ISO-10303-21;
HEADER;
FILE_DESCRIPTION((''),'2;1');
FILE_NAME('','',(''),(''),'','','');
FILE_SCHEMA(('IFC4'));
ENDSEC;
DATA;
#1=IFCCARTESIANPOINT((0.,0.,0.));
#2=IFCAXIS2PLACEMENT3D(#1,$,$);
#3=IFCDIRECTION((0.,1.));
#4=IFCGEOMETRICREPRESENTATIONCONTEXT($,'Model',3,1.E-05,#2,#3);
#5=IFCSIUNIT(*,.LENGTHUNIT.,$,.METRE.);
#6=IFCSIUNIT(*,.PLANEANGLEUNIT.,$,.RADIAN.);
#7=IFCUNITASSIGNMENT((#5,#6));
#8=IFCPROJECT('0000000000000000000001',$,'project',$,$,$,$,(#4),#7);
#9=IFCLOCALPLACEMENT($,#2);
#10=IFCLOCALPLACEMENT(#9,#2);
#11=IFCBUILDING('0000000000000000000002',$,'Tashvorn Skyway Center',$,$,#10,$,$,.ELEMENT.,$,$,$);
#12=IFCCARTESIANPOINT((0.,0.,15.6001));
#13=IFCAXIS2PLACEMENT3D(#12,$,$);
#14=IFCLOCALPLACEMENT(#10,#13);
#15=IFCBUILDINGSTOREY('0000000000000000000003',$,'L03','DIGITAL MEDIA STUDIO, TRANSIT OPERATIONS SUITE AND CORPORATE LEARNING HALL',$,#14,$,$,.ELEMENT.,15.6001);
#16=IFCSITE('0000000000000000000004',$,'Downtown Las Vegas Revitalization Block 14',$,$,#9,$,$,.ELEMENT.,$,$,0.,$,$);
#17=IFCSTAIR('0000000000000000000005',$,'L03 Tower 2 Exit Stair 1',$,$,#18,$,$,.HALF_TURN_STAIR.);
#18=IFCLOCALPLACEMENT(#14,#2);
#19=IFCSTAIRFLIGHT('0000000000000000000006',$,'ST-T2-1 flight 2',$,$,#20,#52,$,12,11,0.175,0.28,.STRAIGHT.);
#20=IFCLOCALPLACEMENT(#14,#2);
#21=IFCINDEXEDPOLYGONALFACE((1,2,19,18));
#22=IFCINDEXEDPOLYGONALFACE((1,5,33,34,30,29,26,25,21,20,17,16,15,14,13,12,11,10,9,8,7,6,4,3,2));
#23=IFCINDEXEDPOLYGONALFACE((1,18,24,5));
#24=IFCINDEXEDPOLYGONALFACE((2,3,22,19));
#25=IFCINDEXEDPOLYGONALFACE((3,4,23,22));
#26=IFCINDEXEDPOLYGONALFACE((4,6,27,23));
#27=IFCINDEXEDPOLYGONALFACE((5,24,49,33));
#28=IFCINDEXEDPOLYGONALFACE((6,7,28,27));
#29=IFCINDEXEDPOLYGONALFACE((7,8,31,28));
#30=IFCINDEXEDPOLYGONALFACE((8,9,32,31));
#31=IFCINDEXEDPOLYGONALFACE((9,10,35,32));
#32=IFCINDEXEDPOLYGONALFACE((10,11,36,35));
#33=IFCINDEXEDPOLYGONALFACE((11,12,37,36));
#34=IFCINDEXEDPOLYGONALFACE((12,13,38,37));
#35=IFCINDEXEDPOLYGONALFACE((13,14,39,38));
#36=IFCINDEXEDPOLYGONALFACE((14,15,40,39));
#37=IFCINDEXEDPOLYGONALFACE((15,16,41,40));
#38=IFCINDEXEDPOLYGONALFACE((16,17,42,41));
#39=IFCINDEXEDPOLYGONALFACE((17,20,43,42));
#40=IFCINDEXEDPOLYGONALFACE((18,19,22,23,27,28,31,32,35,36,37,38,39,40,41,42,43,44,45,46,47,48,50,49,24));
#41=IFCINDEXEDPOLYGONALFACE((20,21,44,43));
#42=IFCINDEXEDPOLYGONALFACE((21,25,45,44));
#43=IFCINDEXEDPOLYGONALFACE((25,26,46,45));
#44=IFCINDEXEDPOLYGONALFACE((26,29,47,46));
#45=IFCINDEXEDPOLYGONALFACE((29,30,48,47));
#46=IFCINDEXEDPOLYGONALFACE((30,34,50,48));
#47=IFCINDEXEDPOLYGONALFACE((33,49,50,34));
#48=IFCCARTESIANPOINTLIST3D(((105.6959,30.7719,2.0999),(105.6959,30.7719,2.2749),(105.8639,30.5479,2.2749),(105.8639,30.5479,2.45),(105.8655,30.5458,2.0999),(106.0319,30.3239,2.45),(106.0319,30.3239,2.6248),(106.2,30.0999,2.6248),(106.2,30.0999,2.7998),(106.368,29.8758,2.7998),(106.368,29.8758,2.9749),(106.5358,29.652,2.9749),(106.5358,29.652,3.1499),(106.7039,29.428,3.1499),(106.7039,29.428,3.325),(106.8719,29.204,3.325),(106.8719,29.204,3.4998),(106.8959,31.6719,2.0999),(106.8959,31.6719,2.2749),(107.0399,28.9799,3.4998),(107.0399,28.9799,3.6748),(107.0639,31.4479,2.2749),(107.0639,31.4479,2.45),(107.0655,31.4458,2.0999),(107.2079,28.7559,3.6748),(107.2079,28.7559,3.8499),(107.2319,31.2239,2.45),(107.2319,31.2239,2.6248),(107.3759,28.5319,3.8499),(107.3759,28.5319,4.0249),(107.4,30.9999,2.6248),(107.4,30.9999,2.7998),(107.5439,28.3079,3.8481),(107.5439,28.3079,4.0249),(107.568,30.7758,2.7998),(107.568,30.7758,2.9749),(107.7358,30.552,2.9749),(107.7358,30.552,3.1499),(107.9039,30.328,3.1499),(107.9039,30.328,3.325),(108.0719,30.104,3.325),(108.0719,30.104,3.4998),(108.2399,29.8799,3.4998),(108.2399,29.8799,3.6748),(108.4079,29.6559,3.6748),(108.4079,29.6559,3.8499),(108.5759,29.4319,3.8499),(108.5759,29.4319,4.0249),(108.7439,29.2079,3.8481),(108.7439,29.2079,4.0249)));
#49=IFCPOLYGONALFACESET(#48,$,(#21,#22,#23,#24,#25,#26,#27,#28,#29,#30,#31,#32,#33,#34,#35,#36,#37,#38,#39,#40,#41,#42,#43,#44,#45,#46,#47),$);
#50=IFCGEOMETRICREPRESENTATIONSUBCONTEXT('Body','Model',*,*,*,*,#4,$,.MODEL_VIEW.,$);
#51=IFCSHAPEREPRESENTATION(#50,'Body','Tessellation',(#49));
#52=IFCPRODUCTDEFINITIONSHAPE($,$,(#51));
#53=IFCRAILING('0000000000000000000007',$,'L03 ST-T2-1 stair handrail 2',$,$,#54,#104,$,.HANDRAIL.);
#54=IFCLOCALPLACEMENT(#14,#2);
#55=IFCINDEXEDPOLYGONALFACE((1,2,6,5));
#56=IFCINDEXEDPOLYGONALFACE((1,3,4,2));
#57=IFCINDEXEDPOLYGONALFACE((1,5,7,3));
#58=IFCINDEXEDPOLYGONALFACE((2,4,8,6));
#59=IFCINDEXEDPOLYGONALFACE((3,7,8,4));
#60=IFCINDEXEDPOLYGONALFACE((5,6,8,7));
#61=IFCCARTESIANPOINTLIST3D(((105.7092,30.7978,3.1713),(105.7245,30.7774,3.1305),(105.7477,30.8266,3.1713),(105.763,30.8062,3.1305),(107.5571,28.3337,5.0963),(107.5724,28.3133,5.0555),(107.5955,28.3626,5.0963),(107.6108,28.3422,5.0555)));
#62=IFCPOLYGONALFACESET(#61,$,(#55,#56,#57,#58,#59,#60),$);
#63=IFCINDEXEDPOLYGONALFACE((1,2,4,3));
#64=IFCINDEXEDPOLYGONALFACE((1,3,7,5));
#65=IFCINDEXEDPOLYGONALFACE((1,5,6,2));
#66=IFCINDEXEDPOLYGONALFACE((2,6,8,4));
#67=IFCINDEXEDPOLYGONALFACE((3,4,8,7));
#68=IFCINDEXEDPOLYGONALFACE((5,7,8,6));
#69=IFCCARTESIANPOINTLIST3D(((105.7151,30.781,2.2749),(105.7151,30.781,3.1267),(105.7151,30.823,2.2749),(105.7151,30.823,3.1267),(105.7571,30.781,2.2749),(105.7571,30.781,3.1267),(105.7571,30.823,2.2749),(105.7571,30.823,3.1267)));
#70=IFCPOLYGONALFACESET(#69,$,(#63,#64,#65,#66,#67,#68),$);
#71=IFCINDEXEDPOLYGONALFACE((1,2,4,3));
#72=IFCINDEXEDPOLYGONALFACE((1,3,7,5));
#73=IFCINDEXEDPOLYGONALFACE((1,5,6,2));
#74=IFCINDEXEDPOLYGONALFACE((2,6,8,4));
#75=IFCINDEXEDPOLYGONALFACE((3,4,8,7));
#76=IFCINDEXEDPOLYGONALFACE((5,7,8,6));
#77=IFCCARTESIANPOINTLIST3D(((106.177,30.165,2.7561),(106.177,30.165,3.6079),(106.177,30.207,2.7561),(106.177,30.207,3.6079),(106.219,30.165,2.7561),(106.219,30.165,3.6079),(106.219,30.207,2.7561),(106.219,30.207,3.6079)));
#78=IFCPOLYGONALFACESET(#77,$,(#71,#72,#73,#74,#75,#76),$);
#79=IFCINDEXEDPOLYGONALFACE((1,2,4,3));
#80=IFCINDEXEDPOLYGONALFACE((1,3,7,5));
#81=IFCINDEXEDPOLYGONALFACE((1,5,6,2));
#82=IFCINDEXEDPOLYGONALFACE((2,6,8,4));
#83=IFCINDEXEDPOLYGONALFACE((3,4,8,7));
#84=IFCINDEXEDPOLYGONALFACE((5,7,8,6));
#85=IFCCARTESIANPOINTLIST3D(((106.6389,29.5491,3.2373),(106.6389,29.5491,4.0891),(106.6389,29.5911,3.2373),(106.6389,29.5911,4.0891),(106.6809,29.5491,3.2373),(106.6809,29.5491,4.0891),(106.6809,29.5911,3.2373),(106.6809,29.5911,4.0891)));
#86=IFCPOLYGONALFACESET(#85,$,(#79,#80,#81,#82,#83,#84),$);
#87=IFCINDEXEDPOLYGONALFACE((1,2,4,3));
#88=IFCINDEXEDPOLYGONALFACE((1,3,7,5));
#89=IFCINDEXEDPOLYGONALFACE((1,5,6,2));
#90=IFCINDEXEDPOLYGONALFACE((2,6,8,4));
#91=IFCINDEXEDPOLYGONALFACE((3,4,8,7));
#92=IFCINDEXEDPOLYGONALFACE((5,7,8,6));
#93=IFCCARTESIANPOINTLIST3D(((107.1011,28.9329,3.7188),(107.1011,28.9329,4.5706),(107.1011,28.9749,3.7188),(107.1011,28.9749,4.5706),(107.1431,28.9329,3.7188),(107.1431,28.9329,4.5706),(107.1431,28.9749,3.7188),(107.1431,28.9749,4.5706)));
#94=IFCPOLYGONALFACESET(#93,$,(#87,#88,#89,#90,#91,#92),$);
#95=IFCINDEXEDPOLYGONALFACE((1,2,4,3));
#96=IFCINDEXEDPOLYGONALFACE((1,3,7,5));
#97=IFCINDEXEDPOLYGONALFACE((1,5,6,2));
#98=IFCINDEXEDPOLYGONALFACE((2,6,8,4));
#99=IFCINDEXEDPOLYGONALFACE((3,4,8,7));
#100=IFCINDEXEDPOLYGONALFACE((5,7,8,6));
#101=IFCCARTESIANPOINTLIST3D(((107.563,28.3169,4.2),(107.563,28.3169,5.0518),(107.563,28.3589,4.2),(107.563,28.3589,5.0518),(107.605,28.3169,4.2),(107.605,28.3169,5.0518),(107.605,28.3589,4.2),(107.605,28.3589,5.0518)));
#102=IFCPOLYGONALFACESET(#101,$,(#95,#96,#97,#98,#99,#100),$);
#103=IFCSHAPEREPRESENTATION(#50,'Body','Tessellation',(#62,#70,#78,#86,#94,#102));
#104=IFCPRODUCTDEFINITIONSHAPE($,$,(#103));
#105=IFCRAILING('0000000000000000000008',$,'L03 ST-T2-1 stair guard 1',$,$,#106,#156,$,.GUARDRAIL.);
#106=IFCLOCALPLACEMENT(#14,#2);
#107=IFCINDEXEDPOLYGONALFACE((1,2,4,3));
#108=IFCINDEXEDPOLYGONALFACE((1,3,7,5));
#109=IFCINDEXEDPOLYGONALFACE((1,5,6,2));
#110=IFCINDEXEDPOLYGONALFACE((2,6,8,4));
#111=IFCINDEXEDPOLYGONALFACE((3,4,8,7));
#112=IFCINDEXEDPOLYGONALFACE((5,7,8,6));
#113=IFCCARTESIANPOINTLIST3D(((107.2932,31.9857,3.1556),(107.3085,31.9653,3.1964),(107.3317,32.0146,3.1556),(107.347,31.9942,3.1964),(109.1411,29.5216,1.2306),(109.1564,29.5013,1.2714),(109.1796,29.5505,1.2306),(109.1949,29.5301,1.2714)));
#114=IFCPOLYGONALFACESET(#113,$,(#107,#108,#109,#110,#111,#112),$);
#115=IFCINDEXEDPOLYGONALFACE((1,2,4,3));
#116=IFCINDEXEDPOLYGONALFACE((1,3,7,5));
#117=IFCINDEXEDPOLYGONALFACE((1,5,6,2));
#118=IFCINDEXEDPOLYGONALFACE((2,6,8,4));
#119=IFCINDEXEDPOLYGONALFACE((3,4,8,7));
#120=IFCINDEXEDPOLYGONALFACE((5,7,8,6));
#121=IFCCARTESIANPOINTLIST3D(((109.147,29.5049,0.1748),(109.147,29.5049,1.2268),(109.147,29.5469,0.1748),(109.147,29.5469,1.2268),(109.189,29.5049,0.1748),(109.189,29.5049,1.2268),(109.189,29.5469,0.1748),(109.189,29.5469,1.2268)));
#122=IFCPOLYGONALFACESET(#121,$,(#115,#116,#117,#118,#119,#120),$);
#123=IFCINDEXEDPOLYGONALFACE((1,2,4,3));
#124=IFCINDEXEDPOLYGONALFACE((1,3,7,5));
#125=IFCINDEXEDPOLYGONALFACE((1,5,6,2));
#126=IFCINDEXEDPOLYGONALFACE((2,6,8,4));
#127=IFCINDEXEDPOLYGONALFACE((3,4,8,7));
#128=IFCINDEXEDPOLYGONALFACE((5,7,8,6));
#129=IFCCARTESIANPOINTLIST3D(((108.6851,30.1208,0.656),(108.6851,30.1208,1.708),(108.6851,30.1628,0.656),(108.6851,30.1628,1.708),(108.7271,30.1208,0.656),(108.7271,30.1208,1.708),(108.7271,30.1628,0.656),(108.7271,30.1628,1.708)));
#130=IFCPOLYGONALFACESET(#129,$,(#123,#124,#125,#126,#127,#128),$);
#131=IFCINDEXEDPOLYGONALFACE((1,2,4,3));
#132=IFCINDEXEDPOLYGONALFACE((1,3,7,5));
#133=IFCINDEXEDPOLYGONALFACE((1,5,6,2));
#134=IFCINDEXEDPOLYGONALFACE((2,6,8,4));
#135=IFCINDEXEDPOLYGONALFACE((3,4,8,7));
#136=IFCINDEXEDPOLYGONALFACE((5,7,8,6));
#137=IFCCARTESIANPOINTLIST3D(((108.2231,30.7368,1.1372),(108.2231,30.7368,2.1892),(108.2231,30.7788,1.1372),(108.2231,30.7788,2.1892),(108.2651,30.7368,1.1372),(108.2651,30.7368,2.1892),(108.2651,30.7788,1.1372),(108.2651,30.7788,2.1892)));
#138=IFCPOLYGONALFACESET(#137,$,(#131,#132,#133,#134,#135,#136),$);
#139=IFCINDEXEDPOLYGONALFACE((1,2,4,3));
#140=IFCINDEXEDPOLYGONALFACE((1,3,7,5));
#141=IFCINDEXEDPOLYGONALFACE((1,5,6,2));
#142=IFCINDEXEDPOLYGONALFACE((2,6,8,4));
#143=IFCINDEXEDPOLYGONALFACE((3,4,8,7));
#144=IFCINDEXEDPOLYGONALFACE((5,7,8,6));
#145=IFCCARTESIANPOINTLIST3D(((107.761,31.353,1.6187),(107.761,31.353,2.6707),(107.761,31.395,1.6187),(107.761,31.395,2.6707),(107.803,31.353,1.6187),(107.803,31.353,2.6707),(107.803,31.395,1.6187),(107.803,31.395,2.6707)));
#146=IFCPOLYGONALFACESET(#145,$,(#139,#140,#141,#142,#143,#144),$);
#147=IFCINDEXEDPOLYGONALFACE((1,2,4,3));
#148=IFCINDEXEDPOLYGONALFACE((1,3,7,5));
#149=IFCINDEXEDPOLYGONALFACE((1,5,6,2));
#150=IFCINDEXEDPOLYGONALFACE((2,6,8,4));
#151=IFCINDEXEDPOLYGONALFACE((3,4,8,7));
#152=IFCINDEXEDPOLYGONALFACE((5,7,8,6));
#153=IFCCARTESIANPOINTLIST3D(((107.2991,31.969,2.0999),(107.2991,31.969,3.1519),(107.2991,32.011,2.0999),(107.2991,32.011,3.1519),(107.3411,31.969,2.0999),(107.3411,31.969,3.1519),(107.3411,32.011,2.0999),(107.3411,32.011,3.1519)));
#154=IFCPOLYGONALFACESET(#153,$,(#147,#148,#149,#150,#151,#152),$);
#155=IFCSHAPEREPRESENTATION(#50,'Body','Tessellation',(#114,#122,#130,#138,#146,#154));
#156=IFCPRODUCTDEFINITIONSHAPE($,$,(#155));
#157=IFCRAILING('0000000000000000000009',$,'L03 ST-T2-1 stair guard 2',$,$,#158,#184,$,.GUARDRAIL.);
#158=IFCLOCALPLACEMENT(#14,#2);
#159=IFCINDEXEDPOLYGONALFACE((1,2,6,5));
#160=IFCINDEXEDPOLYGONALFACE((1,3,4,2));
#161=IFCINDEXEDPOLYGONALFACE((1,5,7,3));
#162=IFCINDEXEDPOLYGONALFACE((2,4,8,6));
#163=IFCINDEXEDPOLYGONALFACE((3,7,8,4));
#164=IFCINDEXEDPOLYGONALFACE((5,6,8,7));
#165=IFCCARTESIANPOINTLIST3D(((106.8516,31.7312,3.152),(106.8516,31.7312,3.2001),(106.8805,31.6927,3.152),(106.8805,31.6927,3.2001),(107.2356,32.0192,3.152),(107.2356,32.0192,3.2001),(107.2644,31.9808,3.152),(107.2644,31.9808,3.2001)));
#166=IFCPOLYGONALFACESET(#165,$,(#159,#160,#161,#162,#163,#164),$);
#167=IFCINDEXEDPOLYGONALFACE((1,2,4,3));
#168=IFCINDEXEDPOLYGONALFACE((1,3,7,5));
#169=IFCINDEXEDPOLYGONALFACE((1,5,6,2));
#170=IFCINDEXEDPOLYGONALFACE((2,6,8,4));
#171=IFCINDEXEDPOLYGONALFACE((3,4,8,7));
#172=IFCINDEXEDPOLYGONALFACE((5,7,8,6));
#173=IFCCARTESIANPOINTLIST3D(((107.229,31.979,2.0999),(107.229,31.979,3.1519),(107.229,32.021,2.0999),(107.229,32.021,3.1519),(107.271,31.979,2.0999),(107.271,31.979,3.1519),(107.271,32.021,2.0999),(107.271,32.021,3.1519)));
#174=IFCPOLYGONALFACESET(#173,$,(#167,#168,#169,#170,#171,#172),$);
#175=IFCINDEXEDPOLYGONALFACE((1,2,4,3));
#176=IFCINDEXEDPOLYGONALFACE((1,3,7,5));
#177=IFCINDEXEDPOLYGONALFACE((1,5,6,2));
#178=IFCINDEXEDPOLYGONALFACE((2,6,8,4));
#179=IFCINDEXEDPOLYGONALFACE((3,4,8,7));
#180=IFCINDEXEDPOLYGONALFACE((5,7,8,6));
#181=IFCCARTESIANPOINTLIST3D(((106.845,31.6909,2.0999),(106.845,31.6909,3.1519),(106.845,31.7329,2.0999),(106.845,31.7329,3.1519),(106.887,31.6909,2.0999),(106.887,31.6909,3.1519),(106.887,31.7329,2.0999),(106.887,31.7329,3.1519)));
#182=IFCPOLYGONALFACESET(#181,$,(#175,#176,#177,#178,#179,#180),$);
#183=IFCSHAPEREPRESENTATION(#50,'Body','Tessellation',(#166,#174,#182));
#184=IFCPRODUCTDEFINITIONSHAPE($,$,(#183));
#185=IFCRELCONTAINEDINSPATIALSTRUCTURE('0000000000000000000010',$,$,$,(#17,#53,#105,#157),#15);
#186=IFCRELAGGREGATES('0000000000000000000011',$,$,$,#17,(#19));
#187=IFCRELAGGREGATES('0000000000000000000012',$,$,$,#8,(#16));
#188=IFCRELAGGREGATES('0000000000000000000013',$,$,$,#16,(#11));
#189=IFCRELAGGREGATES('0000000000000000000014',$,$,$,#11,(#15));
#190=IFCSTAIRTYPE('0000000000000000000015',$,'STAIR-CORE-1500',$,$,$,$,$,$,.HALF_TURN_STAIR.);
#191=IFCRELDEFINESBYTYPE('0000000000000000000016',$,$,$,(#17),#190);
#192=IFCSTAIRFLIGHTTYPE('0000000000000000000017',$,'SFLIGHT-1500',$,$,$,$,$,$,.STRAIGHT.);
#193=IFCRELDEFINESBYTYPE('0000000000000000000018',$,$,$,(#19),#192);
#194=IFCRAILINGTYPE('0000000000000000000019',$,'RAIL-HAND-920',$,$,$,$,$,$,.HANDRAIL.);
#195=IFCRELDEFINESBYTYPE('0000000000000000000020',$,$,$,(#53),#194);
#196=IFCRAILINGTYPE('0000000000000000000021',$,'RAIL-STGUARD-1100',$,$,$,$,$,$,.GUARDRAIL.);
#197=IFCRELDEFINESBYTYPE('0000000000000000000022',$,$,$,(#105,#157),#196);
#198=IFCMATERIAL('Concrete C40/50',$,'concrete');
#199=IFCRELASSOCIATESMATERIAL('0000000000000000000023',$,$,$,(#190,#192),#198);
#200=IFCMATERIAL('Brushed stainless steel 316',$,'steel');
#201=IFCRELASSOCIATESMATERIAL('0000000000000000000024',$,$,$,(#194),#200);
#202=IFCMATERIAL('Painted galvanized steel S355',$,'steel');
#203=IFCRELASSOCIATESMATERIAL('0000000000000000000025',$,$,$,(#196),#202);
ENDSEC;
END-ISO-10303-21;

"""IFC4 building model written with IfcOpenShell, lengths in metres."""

from ifc_helpers import new_model, si_unit, direction, frame, origin, origin_2d, place, context, subcontext, project, spatial, polyline, rectangle, outline, extrude, material, type_object, element, aggregate, save


model = new_model("IFC4")

# Units and contexts
model_context = context("Model", 3, precision=1e-05, world=origin(), true_north=direction((0.0, 1.0)))
body_context = subcontext(model_context, "Body", "Model", "MODEL_VIEW")
ifc_project = project(units=[si_unit("LENGTHUNIT", "METRE"), si_unit("PLANEANGLEUNIT", "RADIAN")], contexts=[model_context])

# Site, building, storey
site_placement = place(None, origin())
site = spatial("IfcSite", under=ifc_project, at=site_placement, Name="Downtown Las Vegas Revitalization Block 14", CompositionType="ELEMENT", RefElevation=0.0)
building_placement = place(site_placement, origin())
building = spatial("IfcBuilding", under=site, at=building_placement, Name="Tashvorn Skyway Center", CompositionType="ELEMENT")
storey_placement = place(building_placement, frame((0.0, 0.0, 15.6001)))
storey = spatial("IfcBuildingStorey", under=building, at=storey_placement, Name="L03", Description="DIGITAL MEDIA STUDIO, TRANSIT OPERATIONS SUITE AND CORPORATE LEARNING HALL", CompositionType="ELEMENT", Elevation=15.6001)

# Shared definitions
ifc_material_1 = material(Name="Concrete C40/50", Category="concrete")

# Stair, stair flight
stair_type = type_object("IfcStairType", Name="STAIR-CORE-1500", PredefinedType="HALF_TURN_STAIR", material=ifc_material_1)
stair_placement = place(storey_placement, origin())
stair = element("IfcStair", 1, at=stair_placement, inside=storey, type_object=stair_type, Name="L03 Tower 2 Exit Stair 1", PredefinedType="HALF_TURN_STAIR")
stair_flight_type = type_object("IfcStairFlightType", Name="SFLIGHT-1500", PredefinedType="STRAIGHT", material=ifc_material_1)
stair_flight_placement = place(storey_placement, frame((106.2959, 31.2219, 2.0999), z_axis=(0.0, 0.0, 1.0), x_axis=(0.6, -0.8, 0.0)))
stair_flight = element("IfcStairFlight", 2, at=stair_flight_placement, type_object=stair_flight_type, Name="ST-T2-1 flight 2", NumberOfRisers=12, NumberOfTreads=11, PredefinedType="STRAIGHT", RiserHeight=0.175, TreadLength=0.28, context=body_context, shape_type="SweptSolid", body=[
    extrude(outline(polyline([(0.0, 0.0), (0.0, 0.175), (0.28, 0.175), (0.28, 0.3501), (0.5601, 0.3501), (0.5601, 0.5249), (0.8401, 0.5249), (0.8401, 0.7), (1.1201, 0.7), (1.1201, 0.875), (1.3999, 0.875), (1.3999, 1.05), (1.6799, 1.05), (1.6799, 1.2251), (1.96, 1.2251), (1.96, 1.3999), (2.24, 1.3999), (2.24, 1.575), (2.52, 1.575), (2.52, 1.75), (2.8, 1.75), (2.8, 1.925), (3.0801, 1.925), (3.0801, 2.1001), (3.0801, 1.7483), (0.2827, 0.0), (0.0, 0.0)])), frame((0.0, 0.75, 0.0), z_axis=(0.0, -1.0, 0.0), x_axis=(1.0, 0.0, 0.0)), (0.0, 0.0, 1.0), 1.5),
])
aggregate(stair, [stair_flight])

# Railings
ifc_material_2 = material(Name="Brushed stainless steel 316", Category="steel")
railing_type_1 = type_object("IfcRailingType", Name="RAIL-HAND-920", PredefinedType="HANDRAIL", material=ifc_material_2)
railing_1_placement = place(storey_placement, frame((105.7361, 30.802, 2.2749)))
element("IfcRailing", 3, at=railing_1_placement, inside=storey, type_object=railing_type_1, Name="L03 ST-T2-1 stair handrail 2", PredefinedType="HANDRAIL", context=body_context, shape_type="SweptSolid", body=[
    extrude(rectangle(XDim=0.0481, YDim=0.0481, at=origin_2d()), frame((0.0, 0.0, 0.876), z_axis=(0.508764, -0.67842, 0.530005), x_axis=(0.800029, 0.599962, 0.0)), (0.0, 0.0, 1.0), 3.6321),
    extrude(rectangle(XDim=0.042, YDim=0.042, at=origin_2d()), origin(), (0.0, 0.0, 1.0), 0.8518),
    extrude(rectangle(XDim=0.042, YDim=0.042, at=origin_2d()), frame((0.4619, -0.616, 0.4812)), (0.0, 0.0, 1.0), 0.8518),
    extrude(rectangle(XDim=0.042, YDim=0.042, at=origin_2d()), frame((0.9238, -1.2319, 0.9624)), (0.0, 0.0, 1.0), 0.8518),
    extrude(rectangle(XDim=0.042, YDim=0.042, at=origin_2d()), frame((1.386, -1.8481, 1.4438)), (0.0, 0.0, 1.0), 0.8518),
    extrude(rectangle(XDim=0.042, YDim=0.042, at=origin_2d()), frame((1.8479, -2.4641, 1.925)), (0.0, 0.0, 1.0), 0.8518),
])
ifc_material_3 = material(Name="Painted galvanized steel S355", Category="steel")
railing_type_2 = type_object("IfcRailingType", Name="RAIL-STGUARD-1100", PredefinedType="GUARDRAIL", material=ifc_material_3)
railing_2_placement = place(storey_placement, frame((109.168, 29.5259, 0.1748)))
element("IfcRailing", 4, at=railing_2_placement, inside=storey, type_object=railing_type_2, Name="L03 ST-T2-1 stair guard 1", PredefinedType="GUARDRAIL", context=body_context, shape_type="SweptSolid", body=[
    extrude(rectangle(XDim=0.0481, YDim=0.0481, at=origin_2d()), frame((0.0, 0.0, 1.0762), z_axis=(-0.508764, 0.67842, 0.530005), x_axis=(-0.800029, -0.599962, 0.0)), (0.0, 0.0, 1.0), 3.6321),
    extrude(rectangle(XDim=0.042, YDim=0.042, at=origin_2d()), origin(), (0.0, 0.0, 1.0), 1.052),
    extrude(rectangle(XDim=0.042, YDim=0.042, at=origin_2d()), frame((-0.4619, 0.616, 0.4812)), (0.0, 0.0, 1.0), 1.052),
    extrude(rectangle(XDim=0.042, YDim=0.042, at=origin_2d()), frame((-0.9238, 1.2319, 0.9624)), (0.0, 0.0, 1.0), 1.052),
    extrude(rectangle(XDim=0.042, YDim=0.042, at=origin_2d()), frame((-1.386, 1.8481, 1.4438)), (0.0, 0.0, 1.0), 1.052),
    extrude(rectangle(XDim=0.042, YDim=0.042, at=origin_2d()), frame((-1.8479, 2.4641, 1.925)), (0.0, 0.0, 1.0), 1.052),
])
railing_3_placement = place(storey_placement, frame((107.25, 32.0, 2.0999)))
element("IfcRailing", 5, at=railing_3_placement, inside=storey, type_object=railing_type_2, Name="L03 ST-T2-1 stair guard 2", PredefinedType="GUARDRAIL", context=body_context, shape_type="SweptSolid", body=[
    extrude(rectangle(XDim=0.0481, YDim=0.0481, at=origin_2d()), frame((0.0, 0.0, 1.0762), z_axis=(-0.799939, -0.600081, 0.0), x_axis=(0.600081, -0.799939, 0.0)), (0.0, 0.0, 1.0), 0.48),
    extrude(rectangle(XDim=0.042, YDim=0.042, at=origin_2d()), origin(), (0.0, 0.0, 1.0), 1.052),
    extrude(rectangle(XDim=0.042, YDim=0.042, at=origin_2d()), frame((-0.384, -0.2881, 0.0)), (0.0, 0.0, 1.0), 1.052),
])

save(model, "model.ifc")
